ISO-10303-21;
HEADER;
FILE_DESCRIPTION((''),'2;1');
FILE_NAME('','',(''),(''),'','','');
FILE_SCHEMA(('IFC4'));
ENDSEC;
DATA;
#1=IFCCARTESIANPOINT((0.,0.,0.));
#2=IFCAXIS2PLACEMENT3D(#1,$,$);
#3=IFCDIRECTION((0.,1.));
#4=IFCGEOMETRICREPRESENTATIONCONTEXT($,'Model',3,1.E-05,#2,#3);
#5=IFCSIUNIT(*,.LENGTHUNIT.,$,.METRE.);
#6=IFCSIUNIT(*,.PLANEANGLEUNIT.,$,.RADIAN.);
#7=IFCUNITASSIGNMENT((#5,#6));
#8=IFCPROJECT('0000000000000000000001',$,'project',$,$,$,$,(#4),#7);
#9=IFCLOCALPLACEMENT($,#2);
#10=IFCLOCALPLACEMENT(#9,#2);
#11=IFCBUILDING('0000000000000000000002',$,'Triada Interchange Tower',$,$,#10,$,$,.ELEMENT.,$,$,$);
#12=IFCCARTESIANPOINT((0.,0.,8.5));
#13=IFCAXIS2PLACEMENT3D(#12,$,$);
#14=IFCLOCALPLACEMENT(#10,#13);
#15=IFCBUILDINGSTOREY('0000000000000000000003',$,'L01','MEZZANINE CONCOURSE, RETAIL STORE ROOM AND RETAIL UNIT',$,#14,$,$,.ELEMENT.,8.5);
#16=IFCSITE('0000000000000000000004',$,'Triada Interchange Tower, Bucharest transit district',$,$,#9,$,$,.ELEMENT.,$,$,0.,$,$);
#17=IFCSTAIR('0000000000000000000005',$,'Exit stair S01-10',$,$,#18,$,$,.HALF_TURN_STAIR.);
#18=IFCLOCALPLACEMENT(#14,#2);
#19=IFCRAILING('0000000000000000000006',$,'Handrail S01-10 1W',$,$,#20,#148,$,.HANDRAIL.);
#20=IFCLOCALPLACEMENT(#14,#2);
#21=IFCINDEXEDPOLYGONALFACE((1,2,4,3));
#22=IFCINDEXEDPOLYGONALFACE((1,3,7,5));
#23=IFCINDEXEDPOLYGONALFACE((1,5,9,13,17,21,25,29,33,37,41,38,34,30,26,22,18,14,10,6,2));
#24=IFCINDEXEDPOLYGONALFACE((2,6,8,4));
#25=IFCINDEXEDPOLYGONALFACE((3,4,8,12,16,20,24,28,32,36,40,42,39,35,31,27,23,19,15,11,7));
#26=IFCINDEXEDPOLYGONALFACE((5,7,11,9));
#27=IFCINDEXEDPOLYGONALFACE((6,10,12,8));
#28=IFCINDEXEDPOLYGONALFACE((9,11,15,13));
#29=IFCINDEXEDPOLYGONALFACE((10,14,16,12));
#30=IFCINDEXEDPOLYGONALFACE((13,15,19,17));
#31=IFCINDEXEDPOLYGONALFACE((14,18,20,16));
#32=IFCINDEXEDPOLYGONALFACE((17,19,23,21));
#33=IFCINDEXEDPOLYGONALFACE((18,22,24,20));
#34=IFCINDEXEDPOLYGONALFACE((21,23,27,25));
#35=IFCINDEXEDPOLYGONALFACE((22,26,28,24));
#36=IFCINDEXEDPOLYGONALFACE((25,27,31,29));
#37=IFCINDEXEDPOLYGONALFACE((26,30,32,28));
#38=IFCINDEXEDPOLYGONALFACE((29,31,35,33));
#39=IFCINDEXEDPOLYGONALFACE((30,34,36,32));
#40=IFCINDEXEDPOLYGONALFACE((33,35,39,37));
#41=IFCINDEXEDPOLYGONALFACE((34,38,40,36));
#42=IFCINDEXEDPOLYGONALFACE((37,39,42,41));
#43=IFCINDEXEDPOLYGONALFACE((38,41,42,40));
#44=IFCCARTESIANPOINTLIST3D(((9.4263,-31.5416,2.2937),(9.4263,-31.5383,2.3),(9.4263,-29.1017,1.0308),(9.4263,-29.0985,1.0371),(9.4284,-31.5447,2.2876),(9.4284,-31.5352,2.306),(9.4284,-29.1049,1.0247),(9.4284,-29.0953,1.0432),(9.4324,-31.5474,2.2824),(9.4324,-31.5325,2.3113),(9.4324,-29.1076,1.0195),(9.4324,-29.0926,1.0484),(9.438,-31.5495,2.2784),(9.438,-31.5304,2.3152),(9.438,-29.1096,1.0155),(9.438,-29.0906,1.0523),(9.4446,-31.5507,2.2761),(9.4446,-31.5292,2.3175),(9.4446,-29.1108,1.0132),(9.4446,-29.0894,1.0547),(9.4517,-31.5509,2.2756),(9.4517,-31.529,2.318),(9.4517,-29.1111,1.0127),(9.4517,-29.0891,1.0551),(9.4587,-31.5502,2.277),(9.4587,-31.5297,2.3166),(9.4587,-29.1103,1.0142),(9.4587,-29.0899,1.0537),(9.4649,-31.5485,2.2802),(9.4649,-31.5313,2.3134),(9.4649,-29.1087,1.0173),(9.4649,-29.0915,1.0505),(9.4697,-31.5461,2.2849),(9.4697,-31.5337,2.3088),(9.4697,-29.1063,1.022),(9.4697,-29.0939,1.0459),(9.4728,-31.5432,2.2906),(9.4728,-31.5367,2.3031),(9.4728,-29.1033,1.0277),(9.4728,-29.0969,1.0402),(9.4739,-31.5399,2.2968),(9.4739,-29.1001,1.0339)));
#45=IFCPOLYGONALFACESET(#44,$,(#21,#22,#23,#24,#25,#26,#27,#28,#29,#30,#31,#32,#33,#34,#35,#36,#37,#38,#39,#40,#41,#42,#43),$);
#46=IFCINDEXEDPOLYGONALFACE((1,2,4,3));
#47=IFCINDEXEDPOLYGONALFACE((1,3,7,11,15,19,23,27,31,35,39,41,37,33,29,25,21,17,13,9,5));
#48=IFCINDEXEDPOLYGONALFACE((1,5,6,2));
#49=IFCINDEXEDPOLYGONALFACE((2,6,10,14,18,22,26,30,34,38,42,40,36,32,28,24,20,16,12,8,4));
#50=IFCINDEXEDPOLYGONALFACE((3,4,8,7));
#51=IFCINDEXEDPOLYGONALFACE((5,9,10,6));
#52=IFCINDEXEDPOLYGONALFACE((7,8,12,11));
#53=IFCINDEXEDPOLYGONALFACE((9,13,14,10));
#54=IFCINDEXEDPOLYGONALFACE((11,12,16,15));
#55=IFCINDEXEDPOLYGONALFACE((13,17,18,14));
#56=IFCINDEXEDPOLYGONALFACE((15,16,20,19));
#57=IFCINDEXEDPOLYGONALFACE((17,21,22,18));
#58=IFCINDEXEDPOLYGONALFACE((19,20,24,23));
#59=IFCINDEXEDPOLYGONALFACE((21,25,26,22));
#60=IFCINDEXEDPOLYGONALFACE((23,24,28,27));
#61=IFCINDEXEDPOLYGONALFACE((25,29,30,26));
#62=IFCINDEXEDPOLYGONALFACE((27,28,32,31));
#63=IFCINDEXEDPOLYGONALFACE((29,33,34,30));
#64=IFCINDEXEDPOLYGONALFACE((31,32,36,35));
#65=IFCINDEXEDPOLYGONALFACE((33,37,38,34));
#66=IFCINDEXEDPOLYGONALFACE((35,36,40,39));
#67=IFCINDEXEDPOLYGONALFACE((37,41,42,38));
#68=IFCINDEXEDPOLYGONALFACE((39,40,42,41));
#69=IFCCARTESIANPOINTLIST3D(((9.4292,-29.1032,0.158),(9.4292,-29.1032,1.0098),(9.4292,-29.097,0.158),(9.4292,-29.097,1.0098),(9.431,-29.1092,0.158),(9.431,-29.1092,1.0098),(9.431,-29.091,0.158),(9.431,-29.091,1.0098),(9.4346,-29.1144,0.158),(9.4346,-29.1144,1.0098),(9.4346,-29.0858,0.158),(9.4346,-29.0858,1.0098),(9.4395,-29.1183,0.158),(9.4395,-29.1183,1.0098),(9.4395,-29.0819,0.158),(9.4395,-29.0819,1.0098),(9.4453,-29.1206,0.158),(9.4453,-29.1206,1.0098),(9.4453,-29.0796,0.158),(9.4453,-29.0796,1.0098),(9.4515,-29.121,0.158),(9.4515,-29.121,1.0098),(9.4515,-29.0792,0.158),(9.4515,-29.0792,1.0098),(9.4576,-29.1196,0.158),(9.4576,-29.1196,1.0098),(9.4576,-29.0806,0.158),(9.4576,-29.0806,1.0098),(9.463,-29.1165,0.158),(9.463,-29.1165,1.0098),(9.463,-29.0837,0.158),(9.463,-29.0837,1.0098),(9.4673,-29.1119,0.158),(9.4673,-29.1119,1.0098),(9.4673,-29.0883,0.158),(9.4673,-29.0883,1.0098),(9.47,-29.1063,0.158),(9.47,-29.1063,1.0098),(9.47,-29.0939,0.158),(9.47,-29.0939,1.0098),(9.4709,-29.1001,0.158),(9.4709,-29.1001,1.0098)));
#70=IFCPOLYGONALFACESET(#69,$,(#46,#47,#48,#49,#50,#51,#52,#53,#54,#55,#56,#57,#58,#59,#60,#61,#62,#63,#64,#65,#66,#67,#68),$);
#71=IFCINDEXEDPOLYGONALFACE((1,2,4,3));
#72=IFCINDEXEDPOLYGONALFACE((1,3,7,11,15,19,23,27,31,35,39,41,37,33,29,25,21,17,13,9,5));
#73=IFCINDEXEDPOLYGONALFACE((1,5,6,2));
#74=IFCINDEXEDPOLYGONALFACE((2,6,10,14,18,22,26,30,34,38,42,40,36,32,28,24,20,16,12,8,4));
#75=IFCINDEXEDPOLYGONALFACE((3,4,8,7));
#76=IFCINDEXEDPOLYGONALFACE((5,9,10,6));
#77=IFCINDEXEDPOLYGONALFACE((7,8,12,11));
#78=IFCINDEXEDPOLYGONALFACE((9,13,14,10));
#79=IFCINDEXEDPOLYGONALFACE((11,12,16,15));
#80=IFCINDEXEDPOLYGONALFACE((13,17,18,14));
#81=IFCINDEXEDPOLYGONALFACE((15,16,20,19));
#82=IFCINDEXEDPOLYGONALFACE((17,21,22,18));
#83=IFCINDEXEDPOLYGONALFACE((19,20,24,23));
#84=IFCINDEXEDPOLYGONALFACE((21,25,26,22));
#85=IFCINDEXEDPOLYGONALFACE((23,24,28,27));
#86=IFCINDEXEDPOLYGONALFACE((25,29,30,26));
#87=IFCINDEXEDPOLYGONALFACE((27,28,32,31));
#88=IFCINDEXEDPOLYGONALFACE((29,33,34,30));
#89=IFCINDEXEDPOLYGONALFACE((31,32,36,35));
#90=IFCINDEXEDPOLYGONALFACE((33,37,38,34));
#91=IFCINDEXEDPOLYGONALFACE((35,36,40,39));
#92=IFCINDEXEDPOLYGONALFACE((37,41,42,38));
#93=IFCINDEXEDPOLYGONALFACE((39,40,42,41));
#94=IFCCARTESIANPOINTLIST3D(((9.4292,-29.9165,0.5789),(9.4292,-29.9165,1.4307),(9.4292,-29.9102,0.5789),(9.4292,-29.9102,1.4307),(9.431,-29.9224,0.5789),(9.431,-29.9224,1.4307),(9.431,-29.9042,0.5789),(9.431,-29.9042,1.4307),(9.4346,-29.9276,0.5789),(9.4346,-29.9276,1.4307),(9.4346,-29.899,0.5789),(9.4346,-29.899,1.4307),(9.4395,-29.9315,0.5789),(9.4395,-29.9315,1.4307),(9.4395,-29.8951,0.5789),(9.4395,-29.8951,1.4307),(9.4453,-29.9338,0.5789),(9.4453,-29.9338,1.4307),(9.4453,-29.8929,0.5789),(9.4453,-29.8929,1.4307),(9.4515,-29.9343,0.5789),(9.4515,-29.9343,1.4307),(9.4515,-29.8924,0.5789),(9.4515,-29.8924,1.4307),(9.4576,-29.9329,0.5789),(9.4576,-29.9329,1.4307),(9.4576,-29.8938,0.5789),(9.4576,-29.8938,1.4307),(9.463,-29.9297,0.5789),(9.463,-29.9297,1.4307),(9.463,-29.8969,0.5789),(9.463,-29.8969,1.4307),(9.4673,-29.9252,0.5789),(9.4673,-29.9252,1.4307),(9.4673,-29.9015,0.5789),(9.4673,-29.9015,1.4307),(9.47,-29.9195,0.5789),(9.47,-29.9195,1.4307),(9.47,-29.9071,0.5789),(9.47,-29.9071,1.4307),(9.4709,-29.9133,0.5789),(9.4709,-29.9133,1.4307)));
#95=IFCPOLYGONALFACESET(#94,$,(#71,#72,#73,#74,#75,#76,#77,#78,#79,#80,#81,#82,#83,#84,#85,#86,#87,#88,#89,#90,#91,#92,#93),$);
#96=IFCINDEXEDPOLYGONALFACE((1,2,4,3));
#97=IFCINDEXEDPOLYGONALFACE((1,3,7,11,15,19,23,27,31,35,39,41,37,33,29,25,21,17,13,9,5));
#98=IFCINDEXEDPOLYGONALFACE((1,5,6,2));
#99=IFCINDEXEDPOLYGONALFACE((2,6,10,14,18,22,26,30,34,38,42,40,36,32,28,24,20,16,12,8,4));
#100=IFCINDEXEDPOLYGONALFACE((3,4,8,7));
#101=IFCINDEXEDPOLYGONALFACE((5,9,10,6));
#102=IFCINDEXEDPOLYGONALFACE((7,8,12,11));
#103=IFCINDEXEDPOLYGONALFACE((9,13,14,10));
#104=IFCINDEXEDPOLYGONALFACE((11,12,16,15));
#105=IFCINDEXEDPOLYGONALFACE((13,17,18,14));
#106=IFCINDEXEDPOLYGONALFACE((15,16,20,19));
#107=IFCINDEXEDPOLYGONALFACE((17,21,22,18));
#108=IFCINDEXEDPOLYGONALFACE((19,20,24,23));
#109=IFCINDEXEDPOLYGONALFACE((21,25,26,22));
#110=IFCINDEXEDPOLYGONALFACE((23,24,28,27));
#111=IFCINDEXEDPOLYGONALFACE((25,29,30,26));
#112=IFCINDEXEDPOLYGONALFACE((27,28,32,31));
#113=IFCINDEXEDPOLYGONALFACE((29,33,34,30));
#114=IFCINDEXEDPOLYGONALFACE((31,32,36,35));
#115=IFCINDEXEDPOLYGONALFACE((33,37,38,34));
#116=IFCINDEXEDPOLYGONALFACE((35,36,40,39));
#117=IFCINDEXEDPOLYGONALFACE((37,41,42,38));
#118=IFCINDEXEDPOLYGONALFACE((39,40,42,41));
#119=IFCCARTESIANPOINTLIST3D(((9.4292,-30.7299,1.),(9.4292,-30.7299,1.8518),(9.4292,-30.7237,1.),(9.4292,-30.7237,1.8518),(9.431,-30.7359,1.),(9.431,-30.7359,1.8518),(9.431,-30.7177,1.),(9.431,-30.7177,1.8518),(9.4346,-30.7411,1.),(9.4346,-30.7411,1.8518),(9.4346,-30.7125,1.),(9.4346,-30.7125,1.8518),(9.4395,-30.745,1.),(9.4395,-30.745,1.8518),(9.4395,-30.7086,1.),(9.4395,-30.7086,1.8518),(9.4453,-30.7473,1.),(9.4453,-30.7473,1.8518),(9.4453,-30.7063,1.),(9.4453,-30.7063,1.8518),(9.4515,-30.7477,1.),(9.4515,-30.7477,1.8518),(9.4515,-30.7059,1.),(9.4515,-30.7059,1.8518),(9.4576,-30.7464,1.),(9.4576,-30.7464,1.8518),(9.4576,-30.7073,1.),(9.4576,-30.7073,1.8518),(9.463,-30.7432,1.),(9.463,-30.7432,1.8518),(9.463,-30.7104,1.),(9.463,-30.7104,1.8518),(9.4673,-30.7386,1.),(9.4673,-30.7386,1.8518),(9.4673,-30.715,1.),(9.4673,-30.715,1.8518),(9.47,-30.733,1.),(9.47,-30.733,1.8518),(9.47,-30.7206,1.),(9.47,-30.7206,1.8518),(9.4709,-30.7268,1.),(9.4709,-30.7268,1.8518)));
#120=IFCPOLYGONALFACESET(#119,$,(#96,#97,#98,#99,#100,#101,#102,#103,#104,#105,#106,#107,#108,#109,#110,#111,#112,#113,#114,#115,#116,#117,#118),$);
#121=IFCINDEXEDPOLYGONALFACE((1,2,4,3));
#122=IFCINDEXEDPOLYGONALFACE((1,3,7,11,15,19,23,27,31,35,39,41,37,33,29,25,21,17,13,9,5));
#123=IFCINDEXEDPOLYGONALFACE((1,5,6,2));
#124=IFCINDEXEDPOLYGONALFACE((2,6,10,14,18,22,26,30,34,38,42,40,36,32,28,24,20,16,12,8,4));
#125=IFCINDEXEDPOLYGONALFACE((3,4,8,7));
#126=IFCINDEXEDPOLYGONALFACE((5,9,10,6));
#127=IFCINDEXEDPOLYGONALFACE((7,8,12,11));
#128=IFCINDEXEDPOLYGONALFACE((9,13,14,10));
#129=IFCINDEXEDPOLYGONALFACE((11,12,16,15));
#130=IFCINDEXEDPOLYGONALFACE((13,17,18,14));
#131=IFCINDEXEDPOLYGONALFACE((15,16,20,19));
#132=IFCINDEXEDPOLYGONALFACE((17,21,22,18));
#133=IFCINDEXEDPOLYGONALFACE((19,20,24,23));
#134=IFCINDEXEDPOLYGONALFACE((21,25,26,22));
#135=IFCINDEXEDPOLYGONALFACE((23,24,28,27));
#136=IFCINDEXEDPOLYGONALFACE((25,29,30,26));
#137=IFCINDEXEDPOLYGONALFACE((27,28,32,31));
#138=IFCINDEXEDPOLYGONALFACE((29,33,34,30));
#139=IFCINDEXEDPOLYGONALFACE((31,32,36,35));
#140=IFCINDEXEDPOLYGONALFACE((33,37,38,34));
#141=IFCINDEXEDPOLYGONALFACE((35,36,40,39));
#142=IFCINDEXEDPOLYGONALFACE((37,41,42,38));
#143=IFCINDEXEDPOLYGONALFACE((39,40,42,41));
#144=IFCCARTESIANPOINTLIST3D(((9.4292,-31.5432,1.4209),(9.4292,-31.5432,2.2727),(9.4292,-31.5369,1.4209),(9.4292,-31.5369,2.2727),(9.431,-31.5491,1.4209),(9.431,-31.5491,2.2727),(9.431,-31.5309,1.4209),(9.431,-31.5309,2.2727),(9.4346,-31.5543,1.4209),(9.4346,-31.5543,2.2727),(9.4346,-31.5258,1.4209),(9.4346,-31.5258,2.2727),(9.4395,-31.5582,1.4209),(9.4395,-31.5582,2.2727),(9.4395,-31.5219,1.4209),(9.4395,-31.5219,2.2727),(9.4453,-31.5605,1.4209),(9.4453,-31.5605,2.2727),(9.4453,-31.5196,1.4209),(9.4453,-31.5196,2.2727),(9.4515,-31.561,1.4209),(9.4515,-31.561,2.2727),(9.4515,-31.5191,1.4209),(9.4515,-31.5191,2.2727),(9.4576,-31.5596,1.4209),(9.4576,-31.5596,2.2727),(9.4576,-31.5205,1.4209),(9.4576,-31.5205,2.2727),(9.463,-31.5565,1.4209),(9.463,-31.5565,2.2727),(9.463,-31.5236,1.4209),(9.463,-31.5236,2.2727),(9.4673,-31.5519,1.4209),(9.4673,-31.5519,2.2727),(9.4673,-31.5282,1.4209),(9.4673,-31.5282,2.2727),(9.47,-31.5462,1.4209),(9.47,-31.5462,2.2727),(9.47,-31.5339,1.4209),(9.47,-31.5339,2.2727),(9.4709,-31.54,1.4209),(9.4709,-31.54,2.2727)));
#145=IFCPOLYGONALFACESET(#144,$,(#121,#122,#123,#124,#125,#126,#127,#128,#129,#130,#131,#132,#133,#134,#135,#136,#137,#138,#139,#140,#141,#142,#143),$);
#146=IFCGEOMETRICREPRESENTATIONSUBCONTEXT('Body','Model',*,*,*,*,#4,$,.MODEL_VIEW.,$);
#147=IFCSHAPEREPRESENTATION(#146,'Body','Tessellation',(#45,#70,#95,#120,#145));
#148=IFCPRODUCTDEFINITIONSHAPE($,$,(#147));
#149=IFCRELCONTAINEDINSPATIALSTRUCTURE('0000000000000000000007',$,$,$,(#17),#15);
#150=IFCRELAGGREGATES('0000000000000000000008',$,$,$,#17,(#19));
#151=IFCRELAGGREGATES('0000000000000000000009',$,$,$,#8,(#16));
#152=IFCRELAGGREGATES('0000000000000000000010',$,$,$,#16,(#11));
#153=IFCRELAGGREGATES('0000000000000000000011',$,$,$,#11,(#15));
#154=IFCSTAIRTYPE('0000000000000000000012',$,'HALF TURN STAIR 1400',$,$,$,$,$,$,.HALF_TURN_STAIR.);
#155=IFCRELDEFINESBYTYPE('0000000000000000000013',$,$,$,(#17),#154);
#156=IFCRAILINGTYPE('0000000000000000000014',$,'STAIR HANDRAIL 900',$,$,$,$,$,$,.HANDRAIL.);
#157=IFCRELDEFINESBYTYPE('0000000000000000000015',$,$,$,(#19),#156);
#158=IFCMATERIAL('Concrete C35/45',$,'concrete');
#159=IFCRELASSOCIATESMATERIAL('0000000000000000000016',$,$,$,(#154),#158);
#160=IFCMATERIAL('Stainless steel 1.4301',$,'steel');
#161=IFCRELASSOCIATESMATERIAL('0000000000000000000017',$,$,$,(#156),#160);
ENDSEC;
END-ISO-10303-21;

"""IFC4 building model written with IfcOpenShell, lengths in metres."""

from ifc_helpers import new_model, si_unit, direction, frame, origin, origin_2d, place, context, subcontext, project, spatial, circle, extrude, material, type_object, element, aggregate, save


model = new_model("IFC4")

# Units and contexts
model_context = context("Model", 3, precision=1e-05, world=origin(), true_north=direction((0.0, 1.0)))
body_context = subcontext(model_context, "Body", "Model", "MODEL_VIEW")
ifc_project = project(units=[si_unit("LENGTHUNIT", "METRE"), si_unit("PLANEANGLEUNIT", "RADIAN")], contexts=[model_context])

# Site, building, storey
site_placement = place(None, origin())
site = spatial("IfcSite", under=ifc_project, at=site_placement, Name="Triada Interchange Tower, Bucharest transit district", CompositionType="ELEMENT", RefElevation=0.0)
building_placement = place(site_placement, origin())
building = spatial("IfcBuilding", under=site, at=building_placement, Name="Triada Interchange Tower", CompositionType="ELEMENT")
storey_placement = place(building_placement, frame((0.0, 0.0, 8.5)))
storey = spatial("IfcBuildingStorey", under=building, at=storey_placement, Name="L01", Description="MEZZANINE CONCOURSE, RETAIL STORE ROOM AND RETAIL UNIT", CompositionType="ELEMENT", Elevation=8.5)

# Shared definitions
ifc_material_1 = material(Name="Concrete C35/45", Category="concrete")

# Shared definitions
stair_type = type_object("IfcStairType", Name="HALF TURN STAIR 1400", PredefinedType="HALF_TURN_STAIR", material=ifc_material_1)

# Stair
stair_1_placement = place(storey_placement, origin())
stair_1 = element("IfcStair", 1, at=stair_1_placement, inside=storey, type_object=stair_type, Name="Exit stair S01-10", PredefinedType="HALF_TURN_STAIR")
ifc_material_2 = material(Name="Stainless steel 1.4301", Category="steel")

# Railing
railing_type_1 = type_object("IfcRailingType", Name="STAIR HANDRAIL 900", PredefinedType="HANDRAIL", material=ifc_material_2)
railing_1_placement = place(storey_placement, frame((9.45, -29.1001, 0.158)))
railing_1 = element("IfcRailing", 2, at=railing_1_placement, type_object=railing_type_1, Name="Handrail S01-10 1W", PredefinedType="HANDRAIL", context=body_context, shape_type="SweptSolid", body=[
    extrude(circle(Radius=0.0239, at=origin_2d()), frame((0.0, 0.0, 0.876), z_axis=(0.0, -0.888084, 0.459682), x_axis=(1.0, 0.0, 0.0)), (0.0, 0.0, 1.0), 2.7473),
    extrude(circle(Radius=0.021, at=origin_2d()), origin(), (0.0, 0.0, 1.0), 0.8518),
    extrude(circle(Radius=0.021, at=origin_2d()), frame((0.0, -0.8132, 0.4209)), (0.0, 0.0, 1.0), 0.8518),
    extrude(circle(Radius=0.021, at=origin_2d()), frame((0.0, -1.6267, 0.842)), (0.0, 0.0, 1.0), 0.8518),
    extrude(circle(Radius=0.021, at=origin_2d()), frame((0.0, -2.4399, 1.2629)), (0.0, 0.0, 1.0), 0.8518),
])
aggregate(stair_1, [railing_1])

save(model, "model.ifc")
